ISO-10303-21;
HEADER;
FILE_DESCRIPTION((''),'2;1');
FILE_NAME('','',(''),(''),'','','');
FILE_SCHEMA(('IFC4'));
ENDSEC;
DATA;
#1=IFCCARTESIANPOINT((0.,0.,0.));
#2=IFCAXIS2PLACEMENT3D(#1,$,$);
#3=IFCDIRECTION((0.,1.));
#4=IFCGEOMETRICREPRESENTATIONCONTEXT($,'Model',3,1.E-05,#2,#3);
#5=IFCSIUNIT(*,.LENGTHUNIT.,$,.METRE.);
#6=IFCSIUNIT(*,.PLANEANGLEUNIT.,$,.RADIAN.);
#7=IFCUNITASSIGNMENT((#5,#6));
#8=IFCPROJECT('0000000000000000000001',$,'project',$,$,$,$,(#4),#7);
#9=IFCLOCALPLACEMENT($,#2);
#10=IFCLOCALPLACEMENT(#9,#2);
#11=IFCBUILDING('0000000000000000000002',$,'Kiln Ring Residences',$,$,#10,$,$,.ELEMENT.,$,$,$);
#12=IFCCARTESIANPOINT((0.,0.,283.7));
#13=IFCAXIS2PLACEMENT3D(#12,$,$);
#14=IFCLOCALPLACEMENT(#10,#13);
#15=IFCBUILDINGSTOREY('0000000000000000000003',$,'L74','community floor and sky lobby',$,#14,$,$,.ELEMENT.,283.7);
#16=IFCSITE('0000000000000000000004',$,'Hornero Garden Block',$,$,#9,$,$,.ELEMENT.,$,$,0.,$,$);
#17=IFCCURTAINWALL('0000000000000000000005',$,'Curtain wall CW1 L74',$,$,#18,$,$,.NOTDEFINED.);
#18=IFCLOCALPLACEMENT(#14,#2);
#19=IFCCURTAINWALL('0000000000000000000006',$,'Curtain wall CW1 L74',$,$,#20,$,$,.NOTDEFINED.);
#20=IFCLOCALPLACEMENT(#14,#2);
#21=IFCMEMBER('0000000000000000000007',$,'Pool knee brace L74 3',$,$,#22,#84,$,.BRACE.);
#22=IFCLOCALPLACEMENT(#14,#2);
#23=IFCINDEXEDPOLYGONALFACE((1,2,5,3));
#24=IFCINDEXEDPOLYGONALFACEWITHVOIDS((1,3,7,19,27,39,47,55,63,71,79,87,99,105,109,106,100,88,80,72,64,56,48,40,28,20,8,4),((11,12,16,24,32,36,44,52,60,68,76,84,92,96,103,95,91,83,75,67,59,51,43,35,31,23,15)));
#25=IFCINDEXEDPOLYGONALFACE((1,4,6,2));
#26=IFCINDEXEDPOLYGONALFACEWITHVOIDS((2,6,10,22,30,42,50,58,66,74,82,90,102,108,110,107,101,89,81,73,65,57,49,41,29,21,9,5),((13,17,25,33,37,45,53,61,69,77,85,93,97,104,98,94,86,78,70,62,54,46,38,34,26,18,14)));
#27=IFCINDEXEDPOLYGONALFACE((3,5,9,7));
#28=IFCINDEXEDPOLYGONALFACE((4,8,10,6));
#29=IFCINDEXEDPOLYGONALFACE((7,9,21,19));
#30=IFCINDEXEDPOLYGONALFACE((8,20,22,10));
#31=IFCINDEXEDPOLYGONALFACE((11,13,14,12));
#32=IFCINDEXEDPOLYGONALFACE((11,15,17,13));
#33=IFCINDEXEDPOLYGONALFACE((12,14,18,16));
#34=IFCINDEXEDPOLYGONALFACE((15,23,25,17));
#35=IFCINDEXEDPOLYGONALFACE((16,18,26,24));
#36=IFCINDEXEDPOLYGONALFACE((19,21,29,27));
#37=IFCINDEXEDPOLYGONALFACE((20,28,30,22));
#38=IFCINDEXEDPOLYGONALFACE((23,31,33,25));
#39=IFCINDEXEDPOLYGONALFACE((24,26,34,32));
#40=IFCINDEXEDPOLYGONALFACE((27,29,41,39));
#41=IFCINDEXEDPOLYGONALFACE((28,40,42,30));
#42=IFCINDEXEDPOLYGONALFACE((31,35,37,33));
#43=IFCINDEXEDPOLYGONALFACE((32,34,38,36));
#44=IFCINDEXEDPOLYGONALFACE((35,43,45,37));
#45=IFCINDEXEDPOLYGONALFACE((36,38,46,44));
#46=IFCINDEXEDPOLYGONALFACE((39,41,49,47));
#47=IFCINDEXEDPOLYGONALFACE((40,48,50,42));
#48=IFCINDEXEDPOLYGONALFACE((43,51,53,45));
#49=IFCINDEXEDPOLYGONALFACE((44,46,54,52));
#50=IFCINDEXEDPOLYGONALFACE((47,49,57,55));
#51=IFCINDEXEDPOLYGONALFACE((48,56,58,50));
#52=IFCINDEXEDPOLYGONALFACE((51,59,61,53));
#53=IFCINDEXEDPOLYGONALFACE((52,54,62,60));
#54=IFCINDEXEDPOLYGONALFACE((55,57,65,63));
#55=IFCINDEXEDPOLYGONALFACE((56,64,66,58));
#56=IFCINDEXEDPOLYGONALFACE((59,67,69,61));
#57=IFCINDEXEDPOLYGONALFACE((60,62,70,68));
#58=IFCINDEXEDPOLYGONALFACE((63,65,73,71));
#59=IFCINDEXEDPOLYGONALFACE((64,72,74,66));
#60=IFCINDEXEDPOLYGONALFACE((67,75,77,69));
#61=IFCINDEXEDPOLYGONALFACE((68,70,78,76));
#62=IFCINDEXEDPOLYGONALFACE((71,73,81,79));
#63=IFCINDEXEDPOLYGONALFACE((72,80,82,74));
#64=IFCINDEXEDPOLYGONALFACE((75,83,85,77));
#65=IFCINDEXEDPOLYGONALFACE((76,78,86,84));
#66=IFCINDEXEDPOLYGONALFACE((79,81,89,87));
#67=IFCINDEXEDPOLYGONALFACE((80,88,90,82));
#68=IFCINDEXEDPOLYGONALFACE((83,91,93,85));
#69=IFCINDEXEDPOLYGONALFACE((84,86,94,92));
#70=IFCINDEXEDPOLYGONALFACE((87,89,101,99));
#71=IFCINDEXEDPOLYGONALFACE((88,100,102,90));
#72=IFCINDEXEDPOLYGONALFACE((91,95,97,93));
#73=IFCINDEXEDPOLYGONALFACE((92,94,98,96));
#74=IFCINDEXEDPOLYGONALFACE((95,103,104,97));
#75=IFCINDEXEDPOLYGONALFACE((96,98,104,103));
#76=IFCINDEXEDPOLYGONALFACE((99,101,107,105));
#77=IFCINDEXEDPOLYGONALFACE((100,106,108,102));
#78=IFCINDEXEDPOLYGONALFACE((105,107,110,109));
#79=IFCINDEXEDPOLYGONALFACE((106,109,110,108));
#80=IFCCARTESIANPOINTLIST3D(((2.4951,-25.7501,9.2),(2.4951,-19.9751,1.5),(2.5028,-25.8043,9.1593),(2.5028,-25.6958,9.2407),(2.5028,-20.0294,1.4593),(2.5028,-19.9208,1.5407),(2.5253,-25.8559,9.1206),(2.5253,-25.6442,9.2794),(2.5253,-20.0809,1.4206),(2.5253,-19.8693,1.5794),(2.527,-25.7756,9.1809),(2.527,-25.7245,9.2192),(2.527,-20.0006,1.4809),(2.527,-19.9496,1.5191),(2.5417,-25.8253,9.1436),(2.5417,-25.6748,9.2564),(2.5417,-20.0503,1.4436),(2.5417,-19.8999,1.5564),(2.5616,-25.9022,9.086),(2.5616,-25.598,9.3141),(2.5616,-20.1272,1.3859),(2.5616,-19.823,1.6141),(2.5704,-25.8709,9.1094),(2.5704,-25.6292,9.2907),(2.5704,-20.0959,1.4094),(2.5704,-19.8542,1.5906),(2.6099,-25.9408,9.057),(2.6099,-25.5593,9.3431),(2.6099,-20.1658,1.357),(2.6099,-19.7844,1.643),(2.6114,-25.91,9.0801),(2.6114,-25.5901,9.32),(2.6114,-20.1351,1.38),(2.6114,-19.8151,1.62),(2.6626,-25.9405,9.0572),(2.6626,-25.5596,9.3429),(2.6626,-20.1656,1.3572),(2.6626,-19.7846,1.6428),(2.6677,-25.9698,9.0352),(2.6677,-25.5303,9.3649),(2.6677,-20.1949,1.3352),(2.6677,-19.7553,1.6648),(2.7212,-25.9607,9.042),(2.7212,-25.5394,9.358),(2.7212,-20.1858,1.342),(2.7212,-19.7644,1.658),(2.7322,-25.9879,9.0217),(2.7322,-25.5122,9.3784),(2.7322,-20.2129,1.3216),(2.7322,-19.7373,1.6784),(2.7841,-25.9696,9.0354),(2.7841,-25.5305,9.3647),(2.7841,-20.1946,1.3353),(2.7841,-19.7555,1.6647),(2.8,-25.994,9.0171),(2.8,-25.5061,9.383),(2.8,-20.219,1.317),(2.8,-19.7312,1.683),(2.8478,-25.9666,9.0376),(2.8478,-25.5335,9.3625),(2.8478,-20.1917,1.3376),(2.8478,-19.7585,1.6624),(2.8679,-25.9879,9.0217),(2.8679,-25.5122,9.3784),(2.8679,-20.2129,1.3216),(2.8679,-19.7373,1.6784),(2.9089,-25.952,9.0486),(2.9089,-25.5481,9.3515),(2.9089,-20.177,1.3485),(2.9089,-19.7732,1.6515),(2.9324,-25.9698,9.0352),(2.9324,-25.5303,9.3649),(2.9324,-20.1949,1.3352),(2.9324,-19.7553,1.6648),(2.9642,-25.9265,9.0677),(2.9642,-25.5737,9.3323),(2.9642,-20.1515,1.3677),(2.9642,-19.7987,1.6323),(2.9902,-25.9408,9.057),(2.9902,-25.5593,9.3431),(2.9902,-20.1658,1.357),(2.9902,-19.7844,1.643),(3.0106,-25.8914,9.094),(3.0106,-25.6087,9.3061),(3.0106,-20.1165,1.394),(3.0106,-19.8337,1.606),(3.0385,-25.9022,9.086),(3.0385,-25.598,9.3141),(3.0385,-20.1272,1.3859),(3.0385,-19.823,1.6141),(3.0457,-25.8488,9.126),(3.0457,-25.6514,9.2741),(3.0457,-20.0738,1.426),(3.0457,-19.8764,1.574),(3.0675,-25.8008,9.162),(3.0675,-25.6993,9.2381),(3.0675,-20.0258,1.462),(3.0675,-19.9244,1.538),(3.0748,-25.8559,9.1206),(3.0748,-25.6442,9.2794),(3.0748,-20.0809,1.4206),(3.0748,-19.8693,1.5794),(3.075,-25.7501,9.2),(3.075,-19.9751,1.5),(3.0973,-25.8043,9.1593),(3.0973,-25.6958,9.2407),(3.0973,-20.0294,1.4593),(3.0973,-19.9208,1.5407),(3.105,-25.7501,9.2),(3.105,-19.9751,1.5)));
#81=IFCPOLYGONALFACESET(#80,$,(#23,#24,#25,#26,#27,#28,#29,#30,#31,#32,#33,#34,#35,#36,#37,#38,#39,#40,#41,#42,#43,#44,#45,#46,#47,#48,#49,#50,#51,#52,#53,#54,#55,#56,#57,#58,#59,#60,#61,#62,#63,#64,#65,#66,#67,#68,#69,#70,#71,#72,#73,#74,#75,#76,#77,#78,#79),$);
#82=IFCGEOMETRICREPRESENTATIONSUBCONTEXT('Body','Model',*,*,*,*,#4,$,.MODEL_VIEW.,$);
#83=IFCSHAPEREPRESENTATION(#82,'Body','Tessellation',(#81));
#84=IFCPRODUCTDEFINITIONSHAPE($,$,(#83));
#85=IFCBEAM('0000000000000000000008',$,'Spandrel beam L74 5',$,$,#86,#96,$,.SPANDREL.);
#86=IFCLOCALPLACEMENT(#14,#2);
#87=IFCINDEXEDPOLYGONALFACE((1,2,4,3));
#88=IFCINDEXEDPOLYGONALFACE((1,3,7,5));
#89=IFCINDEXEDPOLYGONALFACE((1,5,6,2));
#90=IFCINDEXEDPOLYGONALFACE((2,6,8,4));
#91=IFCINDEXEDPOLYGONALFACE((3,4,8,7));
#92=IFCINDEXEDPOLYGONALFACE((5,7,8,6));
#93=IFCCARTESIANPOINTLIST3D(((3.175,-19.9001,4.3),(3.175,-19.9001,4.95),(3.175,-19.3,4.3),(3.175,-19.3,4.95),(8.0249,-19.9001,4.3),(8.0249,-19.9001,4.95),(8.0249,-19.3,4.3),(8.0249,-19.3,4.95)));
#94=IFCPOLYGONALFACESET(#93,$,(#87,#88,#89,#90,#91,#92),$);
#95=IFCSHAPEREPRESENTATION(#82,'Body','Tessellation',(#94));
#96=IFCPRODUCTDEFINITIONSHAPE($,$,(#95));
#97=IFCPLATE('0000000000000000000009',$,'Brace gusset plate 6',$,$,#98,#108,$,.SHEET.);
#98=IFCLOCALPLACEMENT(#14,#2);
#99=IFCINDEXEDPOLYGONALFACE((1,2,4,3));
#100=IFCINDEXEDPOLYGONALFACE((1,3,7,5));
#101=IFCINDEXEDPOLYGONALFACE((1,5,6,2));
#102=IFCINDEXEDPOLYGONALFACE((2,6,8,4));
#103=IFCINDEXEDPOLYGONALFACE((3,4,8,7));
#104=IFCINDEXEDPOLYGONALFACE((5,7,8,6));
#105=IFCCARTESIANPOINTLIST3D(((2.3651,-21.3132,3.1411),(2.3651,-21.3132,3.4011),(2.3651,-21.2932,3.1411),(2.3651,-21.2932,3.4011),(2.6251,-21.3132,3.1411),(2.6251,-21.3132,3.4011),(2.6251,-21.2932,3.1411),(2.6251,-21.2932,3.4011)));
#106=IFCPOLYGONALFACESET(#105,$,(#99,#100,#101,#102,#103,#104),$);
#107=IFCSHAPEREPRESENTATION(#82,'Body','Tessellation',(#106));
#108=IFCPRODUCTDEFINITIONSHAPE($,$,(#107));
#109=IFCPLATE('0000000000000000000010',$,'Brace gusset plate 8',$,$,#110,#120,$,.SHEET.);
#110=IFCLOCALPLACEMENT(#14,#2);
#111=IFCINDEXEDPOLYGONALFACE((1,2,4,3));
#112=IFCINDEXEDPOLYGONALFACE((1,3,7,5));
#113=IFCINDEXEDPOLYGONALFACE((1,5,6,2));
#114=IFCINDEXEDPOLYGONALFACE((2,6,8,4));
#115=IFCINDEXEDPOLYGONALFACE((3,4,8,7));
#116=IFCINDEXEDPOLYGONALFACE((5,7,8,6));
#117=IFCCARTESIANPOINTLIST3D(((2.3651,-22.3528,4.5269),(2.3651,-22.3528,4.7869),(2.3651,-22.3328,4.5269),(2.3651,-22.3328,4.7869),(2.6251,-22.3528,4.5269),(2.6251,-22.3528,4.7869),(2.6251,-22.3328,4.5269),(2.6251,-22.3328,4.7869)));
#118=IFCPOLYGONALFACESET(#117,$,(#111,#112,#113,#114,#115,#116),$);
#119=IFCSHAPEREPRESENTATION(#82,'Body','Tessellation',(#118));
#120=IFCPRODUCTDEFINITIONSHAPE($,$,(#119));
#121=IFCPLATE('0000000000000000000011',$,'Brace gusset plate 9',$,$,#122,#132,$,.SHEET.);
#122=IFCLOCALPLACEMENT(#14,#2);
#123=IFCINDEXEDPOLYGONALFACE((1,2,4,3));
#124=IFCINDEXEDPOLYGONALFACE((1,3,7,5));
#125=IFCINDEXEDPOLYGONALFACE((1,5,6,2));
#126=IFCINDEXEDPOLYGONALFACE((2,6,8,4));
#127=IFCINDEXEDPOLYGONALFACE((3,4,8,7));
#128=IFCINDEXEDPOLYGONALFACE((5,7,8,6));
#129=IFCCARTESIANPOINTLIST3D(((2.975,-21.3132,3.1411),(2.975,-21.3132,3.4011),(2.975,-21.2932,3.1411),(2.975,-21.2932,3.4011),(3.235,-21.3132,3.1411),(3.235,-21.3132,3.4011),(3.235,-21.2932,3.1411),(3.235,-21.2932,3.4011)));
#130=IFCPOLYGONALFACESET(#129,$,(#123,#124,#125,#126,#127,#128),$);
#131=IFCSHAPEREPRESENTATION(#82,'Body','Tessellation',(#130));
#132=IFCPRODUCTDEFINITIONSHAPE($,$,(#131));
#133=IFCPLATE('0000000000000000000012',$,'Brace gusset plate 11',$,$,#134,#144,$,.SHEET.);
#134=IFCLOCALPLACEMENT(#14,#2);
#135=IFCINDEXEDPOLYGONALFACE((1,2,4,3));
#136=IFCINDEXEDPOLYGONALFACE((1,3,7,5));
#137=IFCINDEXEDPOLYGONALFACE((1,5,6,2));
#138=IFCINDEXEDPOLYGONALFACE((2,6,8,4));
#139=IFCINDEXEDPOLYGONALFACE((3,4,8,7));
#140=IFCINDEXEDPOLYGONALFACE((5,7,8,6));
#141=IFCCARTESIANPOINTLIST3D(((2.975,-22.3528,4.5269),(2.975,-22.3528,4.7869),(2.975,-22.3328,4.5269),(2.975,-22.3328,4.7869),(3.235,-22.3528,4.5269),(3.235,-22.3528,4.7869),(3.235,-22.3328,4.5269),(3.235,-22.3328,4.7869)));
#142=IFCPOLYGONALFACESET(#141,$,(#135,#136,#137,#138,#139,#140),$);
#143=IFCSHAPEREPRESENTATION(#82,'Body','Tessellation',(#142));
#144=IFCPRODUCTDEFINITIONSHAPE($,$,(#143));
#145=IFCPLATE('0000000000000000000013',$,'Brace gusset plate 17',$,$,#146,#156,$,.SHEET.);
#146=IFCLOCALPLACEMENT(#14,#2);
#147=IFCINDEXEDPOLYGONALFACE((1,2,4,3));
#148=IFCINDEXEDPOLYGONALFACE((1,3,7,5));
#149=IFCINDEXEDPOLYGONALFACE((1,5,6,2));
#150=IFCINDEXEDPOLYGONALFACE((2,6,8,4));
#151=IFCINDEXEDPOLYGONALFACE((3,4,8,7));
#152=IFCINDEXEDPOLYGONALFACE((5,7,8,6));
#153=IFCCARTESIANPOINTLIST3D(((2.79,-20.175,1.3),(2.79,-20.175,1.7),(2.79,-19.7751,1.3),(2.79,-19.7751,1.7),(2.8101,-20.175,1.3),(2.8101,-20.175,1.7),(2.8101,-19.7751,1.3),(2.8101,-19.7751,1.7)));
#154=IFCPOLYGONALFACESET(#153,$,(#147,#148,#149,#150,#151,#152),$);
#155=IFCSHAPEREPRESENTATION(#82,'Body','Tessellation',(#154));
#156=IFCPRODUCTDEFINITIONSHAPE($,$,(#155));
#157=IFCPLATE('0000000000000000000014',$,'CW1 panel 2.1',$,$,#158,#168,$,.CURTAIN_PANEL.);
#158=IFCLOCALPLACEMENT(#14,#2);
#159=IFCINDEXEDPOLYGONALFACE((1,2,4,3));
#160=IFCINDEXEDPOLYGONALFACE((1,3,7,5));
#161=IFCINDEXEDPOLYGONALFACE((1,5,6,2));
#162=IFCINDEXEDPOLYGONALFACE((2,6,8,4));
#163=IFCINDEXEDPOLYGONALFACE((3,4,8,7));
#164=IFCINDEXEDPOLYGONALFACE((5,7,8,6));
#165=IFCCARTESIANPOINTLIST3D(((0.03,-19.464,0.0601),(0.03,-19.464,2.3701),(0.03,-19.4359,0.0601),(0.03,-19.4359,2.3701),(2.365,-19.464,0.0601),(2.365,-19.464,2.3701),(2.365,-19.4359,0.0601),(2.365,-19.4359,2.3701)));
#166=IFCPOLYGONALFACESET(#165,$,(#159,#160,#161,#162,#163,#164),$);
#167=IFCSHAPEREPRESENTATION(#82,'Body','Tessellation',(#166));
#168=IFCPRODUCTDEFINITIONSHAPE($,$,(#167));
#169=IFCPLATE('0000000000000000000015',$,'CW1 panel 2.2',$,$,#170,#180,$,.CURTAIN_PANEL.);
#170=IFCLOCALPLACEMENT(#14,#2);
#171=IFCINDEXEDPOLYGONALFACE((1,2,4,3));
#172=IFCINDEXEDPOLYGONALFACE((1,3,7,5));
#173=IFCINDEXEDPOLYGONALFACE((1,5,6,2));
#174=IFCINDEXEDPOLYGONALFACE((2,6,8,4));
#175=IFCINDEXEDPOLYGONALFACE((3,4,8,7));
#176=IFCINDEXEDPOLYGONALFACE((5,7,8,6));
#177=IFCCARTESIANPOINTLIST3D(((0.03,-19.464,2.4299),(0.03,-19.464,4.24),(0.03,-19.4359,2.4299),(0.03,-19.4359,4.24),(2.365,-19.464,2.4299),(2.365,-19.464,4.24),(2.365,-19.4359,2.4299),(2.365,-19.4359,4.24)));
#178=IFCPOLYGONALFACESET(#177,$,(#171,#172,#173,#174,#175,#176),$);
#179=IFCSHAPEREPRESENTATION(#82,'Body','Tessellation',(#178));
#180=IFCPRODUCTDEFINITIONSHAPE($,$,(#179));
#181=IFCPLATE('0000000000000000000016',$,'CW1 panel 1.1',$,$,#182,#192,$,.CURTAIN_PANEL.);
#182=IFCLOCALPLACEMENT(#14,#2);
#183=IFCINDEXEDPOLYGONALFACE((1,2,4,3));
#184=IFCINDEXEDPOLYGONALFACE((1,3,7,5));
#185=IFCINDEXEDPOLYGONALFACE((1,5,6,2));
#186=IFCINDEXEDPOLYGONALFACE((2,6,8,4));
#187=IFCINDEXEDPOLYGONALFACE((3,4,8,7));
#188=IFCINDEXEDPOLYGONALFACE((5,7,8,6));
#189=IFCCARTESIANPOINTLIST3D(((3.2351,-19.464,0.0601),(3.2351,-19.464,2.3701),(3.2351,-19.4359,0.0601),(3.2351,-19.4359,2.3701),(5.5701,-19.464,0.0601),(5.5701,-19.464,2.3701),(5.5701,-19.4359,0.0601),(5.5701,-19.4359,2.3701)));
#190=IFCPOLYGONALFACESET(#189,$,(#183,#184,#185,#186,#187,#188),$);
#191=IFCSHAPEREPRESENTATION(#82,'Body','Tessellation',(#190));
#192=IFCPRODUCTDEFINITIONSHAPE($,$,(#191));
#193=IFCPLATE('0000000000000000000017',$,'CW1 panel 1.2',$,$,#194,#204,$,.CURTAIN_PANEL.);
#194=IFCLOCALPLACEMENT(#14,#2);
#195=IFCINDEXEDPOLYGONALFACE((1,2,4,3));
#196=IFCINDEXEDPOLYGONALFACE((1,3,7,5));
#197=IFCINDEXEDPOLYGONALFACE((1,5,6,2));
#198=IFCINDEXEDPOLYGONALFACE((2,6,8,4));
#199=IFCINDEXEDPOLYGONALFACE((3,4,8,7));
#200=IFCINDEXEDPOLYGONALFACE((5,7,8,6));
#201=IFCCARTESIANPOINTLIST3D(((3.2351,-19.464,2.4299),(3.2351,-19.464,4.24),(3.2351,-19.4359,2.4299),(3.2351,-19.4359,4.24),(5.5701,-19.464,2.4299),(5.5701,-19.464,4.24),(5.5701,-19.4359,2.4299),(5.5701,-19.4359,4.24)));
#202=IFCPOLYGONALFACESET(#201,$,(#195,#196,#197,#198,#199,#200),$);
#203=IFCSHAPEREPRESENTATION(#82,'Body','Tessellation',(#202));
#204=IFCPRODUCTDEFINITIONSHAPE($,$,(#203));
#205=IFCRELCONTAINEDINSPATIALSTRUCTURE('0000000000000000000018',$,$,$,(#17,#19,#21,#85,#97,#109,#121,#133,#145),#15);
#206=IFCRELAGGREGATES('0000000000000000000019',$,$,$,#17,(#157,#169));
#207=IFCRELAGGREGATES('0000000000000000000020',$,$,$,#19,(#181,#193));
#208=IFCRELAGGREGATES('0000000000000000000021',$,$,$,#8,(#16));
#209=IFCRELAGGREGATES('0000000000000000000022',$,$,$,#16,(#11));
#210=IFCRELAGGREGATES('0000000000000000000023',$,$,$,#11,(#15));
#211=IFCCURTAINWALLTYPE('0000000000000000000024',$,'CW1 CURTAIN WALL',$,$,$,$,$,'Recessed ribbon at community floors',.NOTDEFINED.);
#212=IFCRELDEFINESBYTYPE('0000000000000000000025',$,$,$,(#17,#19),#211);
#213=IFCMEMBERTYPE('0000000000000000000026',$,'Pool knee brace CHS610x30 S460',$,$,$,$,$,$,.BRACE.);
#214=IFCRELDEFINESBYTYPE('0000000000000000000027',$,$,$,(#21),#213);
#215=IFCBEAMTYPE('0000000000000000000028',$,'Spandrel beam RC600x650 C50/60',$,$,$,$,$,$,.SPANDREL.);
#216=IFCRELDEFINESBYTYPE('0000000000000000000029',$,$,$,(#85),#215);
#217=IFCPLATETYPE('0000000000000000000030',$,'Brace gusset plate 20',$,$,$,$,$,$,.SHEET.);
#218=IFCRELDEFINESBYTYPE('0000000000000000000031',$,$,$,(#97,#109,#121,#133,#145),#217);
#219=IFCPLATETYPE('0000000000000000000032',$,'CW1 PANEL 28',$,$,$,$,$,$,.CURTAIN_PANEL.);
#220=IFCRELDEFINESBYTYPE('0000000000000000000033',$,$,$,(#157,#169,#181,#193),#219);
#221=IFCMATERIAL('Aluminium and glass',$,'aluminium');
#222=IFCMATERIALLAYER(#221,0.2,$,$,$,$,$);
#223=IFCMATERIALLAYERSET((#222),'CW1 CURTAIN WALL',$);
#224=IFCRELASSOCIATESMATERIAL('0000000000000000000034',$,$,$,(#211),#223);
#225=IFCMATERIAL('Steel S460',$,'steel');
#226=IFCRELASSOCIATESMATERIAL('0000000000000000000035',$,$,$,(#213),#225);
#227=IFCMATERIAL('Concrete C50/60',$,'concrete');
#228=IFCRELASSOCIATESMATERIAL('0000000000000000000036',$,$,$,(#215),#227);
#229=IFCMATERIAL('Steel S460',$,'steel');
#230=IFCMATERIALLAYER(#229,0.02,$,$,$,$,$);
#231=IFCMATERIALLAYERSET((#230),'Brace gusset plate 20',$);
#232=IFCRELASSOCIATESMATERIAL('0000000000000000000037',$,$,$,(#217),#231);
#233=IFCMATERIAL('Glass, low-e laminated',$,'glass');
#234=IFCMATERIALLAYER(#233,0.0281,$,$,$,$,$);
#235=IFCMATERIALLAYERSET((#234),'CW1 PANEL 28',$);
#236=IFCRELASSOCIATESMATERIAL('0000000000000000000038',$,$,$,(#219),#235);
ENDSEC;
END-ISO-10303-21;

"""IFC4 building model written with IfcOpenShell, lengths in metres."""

from ifc_helpers import new_model, si_unit, direction, frame, origin, origin_2d, place, context, subcontext, project, spatial, rectangle, hollow_circle, extrude, material, layer, layer_set, material_profile, profile_set, type_object, element, aggregate, save


model = new_model("IFC4")

# Units and contexts
model_context = context("Model", 3, precision=1e-05, world=origin(), true_north=direction((0.0, 1.0)))
body_context = subcontext(model_context, "Body", "Model", "MODEL_VIEW")
ifc_project = project(units=[si_unit("LENGTHUNIT", "METRE"), si_unit("PLANEANGLEUNIT", "RADIAN")], contexts=[model_context])

# Site, building, storey
site_placement = place(None, origin())
site = spatial("IfcSite", under=ifc_project, at=site_placement, Name="Hornero Garden Block", CompositionType="ELEMENT", RefElevation=0.0)
building_placement = place(site_placement, origin())
building = spatial("IfcBuilding", under=site, at=building_placement, Name="Kiln Ring Residences", CompositionType="ELEMENT")
storey_placement = place(building_placement, frame((0.0, 0.0, 283.7)))
storey = spatial("IfcBuildingStorey", under=building, at=storey_placement, Name="L74", Description="community floor and sky lobby", CompositionType="ELEMENT", Elevation=283.7)

# Curtain walls
ifc_material_1 = material(Name="Aluminium and glass", Category="aluminium")
ifc_layer_1 = layer(ifc_material_1, 0.2)
ifc_layer_set_1 = layer_set([ifc_layer_1], Name="CW1 CURTAIN WALL")
curtain_wall_type = type_object("IfcCurtainWallType", Name="CW1 CURTAIN WALL", ElementType="Recessed ribbon at community floors", PredefinedType="NOTDEFINED", material=ifc_layer_set_1)
placement = place(storey_placement, origin())
curtain_wall_1 = element("IfcCurtainWall", 1, at=placement, inside=storey, type_object=curtain_wall_type, Name="Curtain wall CW1 L74", PredefinedType="NOTDEFINED")
curtain_wall_2 = element("IfcCurtainWall", 2, at=placement, inside=storey, type_object=curtain_wall_type, Name="Curtain wall CW1 L74", PredefinedType="NOTDEFINED")

# Member
ifc_material_2 = material(Name="Steel S460", Category="steel")
ifc_material_profile_1 = material_profile(ifc_material_2, hollow_circle(Radius=0.3049, WallThickness=0.03, at=origin_2d()), Name="CHS610x30")
ifc_profile_set_1 = profile_set([ifc_material_profile_1], Name="Steel S460")
member_type_1 = type_object("IfcMemberType", Name="Pool knee brace CHS610x30 S460", PredefinedType="BRACE", material=ifc_profile_set_1)
member_1_placement = place(storey_placement, frame((2.8, -19.9751, 1.5), z_axis=(0.0, -0.599996, 0.800003), x_axis=(1.0, 0.0, 0.0)))
element("IfcMember", 3, at=member_1_placement, inside=storey, type_object=member_type_1, Name="Pool knee brace L74 3", PredefinedType="BRACE", context=body_context, shape_type="SweptSolid", body=[
    extrude(hollow_circle(Radius=0.3049, WallThickness=0.03, at=origin_2d()), origin(), (0.0, 0.0, 1.0), 9.625),
])

# Beam
ifc_material_3 = material(Name="Concrete C50/60", Category="concrete")
ifc_material_profile_2 = material_profile(ifc_material_3, rectangle(XDim=0.6001, YDim=0.6499, at=origin_2d()), Name="RC600x650")
ifc_profile_set_2 = profile_set([ifc_material_profile_2], Name="Concrete C50/60")
beam_type = type_object("IfcBeamType", Name="Spandrel beam RC600x650 C50/60", PredefinedType="SPANDREL", material=ifc_profile_set_2)
beam_placement = place(storey_placement, frame((3.175, -19.6001, 4.625), z_axis=(1.0, 0.0, 0.0), x_axis=(0.0, 1.0, 0.0)))
element("IfcBeam", 4, at=beam_placement, inside=storey, type_object=beam_type, Name="Spandrel beam L74 5", PredefinedType="SPANDREL", context=body_context, shape_type="SweptSolid", body=[
    extrude(rectangle(XDim=0.6001, YDim=0.6499, at=origin_2d()), origin(), (0.0, 0.0, 1.0), 4.8499),
])

# Plates
ifc_material_4 = material(Name="Steel S460", Category="steel")
ifc_layer_2 = layer(ifc_material_4, 0.02)
ifc_layer_set_2 = layer_set([ifc_layer_2], Name="Brace gusset plate 20")
plate_type_1 = type_object("IfcPlateType", Name="Brace gusset plate 20", PredefinedType="SHEET", material=ifc_layer_set_2)
for number, where, z_axis, x_axis, name in (
    (5, (2.4951, -21.3032, 3.1411), (0.0, 0.0, 1.0), (1.0, 0.0, 0.0), "Brace gusset plate 6"),
    (6, (2.4951, -22.3428, 4.5269), (0.0, 0.0, 1.0), (1.0, 0.0, 0.0), "Brace gusset plate 8"),
    (7, (3.105, -21.3032, 3.1411), (0.0, 0.0, 1.0), (1.0, 0.0, 0.0), "Brace gusset plate 9"),
    (8, (3.105, -22.3428, 4.5269), (0.0, 0.0, 1.0), (1.0, 0.0, 0.0), "Brace gusset plate 11"),
):
    element("IfcPlate", number, at=place(storey_placement, frame(where, z_axis=z_axis, x_axis=x_axis)), inside=storey, type_object=plate_type_1, Name=name, PredefinedType="SHEET", context=body_context, shape_type="SweptSolid", body=[
        extrude(rectangle(XDim=0.26, YDim=0.02, at=origin_2d()), origin(), (0.0, 0.0, 1.0), 0.26),
    ])
plate_1_placement = place(storey_placement, frame((2.8, -19.9751, 1.3), z_axis=(0.0, 0.0, 1.0), x_axis=(1.0, 0.0, 0.0)))
element("IfcPlate", 9, at=plate_1_placement, inside=storey, type_object=plate_type_1, Name="Brace gusset plate 17", PredefinedType="SHEET", context=body_context, shape_type="SweptSolid", body=[
    extrude(rectangle(XDim=0.02, YDim=0.3999, at=origin_2d()), origin(), (0.0, 0.0, 1.0), 0.3999),
])

# Plates
ifc_material_5 = material(Name="Glass, low-e laminated", Category="glass")
ifc_layer_3 = layer(ifc_material_5, 0.0281)
ifc_layer_set_3 = layer_set([ifc_layer_3], Name="CW1 PANEL 28")
plate_type_2 = type_object("IfcPlateType", Name="CW1 PANEL 28", PredefinedType="CURTAIN_PANEL", material=ifc_layer_set_3)
plate_2_placement = place(storey_placement, frame((1.1975, -19.45, 0.0601), z_axis=(0.0, 0.0, 1.0), x_axis=(1.0, 0.0, 0.0)))
plate_2 = element("IfcPlate", 10, at=plate_2_placement, type_object=plate_type_2, Name="CW1 panel 2.1", PredefinedType="CURTAIN_PANEL", context=body_context, shape_type="SweptSolid", body=[
    extrude(rectangle(XDim=2.335, YDim=0.0281, at=origin_2d()), origin(), (0.0, 0.0, 1.0), 2.3101),
])
plate_3_placement = place(storey_placement, frame((1.1975, -19.45, 2.4299), z_axis=(0.0, 0.0, 1.0), x_axis=(1.0, 0.0, 0.0)))
plate_3 = element("IfcPlate", 11, at=plate_3_placement, type_object=plate_type_2, Name="CW1 panel 2.2", PredefinedType="CURTAIN_PANEL", context=body_context, shape_type="SweptSolid", body=[
    extrude(rectangle(XDim=2.335, YDim=0.0281, at=origin_2d()), origin(), (0.0, 0.0, 1.0), 1.8101),
])
aggregate(curtain_wall_1, [plate_2, plate_3])
plate_4_placement = place(storey_placement, frame((4.4026, -19.45, 0.0601), z_axis=(0.0, 0.0, 1.0), x_axis=(1.0, 0.0, 0.0)))
plate_4 = element("IfcPlate", 12, at=plate_4_placement, type_object=plate_type_2, Name="CW1 panel 1.1", PredefinedType="CURTAIN_PANEL", context=body_context, shape_type="SweptSolid", body=[
    extrude(rectangle(XDim=2.335, YDim=0.0281, at=origin_2d()), origin(), (0.0, 0.0, 1.0), 2.3101),
])
plate_5_placement = place(storey_placement, frame((4.4026, -19.45, 2.4299), z_axis=(0.0, 0.0, 1.0), x_axis=(1.0, 0.0, 0.0)))
plate_5 = element("IfcPlate", 13, at=plate_5_placement, type_object=plate_type_2, Name="CW1 panel 1.2", PredefinedType="CURTAIN_PANEL", context=body_context, shape_type="SweptSolid", body=[
    extrude(rectangle(XDim=2.335, YDim=0.0281, at=origin_2d()), origin(), (0.0, 0.0, 1.0), 1.8101),
])
aggregate(curtain_wall_2, [plate_4, plate_5])

save(model, "model.ifc")
